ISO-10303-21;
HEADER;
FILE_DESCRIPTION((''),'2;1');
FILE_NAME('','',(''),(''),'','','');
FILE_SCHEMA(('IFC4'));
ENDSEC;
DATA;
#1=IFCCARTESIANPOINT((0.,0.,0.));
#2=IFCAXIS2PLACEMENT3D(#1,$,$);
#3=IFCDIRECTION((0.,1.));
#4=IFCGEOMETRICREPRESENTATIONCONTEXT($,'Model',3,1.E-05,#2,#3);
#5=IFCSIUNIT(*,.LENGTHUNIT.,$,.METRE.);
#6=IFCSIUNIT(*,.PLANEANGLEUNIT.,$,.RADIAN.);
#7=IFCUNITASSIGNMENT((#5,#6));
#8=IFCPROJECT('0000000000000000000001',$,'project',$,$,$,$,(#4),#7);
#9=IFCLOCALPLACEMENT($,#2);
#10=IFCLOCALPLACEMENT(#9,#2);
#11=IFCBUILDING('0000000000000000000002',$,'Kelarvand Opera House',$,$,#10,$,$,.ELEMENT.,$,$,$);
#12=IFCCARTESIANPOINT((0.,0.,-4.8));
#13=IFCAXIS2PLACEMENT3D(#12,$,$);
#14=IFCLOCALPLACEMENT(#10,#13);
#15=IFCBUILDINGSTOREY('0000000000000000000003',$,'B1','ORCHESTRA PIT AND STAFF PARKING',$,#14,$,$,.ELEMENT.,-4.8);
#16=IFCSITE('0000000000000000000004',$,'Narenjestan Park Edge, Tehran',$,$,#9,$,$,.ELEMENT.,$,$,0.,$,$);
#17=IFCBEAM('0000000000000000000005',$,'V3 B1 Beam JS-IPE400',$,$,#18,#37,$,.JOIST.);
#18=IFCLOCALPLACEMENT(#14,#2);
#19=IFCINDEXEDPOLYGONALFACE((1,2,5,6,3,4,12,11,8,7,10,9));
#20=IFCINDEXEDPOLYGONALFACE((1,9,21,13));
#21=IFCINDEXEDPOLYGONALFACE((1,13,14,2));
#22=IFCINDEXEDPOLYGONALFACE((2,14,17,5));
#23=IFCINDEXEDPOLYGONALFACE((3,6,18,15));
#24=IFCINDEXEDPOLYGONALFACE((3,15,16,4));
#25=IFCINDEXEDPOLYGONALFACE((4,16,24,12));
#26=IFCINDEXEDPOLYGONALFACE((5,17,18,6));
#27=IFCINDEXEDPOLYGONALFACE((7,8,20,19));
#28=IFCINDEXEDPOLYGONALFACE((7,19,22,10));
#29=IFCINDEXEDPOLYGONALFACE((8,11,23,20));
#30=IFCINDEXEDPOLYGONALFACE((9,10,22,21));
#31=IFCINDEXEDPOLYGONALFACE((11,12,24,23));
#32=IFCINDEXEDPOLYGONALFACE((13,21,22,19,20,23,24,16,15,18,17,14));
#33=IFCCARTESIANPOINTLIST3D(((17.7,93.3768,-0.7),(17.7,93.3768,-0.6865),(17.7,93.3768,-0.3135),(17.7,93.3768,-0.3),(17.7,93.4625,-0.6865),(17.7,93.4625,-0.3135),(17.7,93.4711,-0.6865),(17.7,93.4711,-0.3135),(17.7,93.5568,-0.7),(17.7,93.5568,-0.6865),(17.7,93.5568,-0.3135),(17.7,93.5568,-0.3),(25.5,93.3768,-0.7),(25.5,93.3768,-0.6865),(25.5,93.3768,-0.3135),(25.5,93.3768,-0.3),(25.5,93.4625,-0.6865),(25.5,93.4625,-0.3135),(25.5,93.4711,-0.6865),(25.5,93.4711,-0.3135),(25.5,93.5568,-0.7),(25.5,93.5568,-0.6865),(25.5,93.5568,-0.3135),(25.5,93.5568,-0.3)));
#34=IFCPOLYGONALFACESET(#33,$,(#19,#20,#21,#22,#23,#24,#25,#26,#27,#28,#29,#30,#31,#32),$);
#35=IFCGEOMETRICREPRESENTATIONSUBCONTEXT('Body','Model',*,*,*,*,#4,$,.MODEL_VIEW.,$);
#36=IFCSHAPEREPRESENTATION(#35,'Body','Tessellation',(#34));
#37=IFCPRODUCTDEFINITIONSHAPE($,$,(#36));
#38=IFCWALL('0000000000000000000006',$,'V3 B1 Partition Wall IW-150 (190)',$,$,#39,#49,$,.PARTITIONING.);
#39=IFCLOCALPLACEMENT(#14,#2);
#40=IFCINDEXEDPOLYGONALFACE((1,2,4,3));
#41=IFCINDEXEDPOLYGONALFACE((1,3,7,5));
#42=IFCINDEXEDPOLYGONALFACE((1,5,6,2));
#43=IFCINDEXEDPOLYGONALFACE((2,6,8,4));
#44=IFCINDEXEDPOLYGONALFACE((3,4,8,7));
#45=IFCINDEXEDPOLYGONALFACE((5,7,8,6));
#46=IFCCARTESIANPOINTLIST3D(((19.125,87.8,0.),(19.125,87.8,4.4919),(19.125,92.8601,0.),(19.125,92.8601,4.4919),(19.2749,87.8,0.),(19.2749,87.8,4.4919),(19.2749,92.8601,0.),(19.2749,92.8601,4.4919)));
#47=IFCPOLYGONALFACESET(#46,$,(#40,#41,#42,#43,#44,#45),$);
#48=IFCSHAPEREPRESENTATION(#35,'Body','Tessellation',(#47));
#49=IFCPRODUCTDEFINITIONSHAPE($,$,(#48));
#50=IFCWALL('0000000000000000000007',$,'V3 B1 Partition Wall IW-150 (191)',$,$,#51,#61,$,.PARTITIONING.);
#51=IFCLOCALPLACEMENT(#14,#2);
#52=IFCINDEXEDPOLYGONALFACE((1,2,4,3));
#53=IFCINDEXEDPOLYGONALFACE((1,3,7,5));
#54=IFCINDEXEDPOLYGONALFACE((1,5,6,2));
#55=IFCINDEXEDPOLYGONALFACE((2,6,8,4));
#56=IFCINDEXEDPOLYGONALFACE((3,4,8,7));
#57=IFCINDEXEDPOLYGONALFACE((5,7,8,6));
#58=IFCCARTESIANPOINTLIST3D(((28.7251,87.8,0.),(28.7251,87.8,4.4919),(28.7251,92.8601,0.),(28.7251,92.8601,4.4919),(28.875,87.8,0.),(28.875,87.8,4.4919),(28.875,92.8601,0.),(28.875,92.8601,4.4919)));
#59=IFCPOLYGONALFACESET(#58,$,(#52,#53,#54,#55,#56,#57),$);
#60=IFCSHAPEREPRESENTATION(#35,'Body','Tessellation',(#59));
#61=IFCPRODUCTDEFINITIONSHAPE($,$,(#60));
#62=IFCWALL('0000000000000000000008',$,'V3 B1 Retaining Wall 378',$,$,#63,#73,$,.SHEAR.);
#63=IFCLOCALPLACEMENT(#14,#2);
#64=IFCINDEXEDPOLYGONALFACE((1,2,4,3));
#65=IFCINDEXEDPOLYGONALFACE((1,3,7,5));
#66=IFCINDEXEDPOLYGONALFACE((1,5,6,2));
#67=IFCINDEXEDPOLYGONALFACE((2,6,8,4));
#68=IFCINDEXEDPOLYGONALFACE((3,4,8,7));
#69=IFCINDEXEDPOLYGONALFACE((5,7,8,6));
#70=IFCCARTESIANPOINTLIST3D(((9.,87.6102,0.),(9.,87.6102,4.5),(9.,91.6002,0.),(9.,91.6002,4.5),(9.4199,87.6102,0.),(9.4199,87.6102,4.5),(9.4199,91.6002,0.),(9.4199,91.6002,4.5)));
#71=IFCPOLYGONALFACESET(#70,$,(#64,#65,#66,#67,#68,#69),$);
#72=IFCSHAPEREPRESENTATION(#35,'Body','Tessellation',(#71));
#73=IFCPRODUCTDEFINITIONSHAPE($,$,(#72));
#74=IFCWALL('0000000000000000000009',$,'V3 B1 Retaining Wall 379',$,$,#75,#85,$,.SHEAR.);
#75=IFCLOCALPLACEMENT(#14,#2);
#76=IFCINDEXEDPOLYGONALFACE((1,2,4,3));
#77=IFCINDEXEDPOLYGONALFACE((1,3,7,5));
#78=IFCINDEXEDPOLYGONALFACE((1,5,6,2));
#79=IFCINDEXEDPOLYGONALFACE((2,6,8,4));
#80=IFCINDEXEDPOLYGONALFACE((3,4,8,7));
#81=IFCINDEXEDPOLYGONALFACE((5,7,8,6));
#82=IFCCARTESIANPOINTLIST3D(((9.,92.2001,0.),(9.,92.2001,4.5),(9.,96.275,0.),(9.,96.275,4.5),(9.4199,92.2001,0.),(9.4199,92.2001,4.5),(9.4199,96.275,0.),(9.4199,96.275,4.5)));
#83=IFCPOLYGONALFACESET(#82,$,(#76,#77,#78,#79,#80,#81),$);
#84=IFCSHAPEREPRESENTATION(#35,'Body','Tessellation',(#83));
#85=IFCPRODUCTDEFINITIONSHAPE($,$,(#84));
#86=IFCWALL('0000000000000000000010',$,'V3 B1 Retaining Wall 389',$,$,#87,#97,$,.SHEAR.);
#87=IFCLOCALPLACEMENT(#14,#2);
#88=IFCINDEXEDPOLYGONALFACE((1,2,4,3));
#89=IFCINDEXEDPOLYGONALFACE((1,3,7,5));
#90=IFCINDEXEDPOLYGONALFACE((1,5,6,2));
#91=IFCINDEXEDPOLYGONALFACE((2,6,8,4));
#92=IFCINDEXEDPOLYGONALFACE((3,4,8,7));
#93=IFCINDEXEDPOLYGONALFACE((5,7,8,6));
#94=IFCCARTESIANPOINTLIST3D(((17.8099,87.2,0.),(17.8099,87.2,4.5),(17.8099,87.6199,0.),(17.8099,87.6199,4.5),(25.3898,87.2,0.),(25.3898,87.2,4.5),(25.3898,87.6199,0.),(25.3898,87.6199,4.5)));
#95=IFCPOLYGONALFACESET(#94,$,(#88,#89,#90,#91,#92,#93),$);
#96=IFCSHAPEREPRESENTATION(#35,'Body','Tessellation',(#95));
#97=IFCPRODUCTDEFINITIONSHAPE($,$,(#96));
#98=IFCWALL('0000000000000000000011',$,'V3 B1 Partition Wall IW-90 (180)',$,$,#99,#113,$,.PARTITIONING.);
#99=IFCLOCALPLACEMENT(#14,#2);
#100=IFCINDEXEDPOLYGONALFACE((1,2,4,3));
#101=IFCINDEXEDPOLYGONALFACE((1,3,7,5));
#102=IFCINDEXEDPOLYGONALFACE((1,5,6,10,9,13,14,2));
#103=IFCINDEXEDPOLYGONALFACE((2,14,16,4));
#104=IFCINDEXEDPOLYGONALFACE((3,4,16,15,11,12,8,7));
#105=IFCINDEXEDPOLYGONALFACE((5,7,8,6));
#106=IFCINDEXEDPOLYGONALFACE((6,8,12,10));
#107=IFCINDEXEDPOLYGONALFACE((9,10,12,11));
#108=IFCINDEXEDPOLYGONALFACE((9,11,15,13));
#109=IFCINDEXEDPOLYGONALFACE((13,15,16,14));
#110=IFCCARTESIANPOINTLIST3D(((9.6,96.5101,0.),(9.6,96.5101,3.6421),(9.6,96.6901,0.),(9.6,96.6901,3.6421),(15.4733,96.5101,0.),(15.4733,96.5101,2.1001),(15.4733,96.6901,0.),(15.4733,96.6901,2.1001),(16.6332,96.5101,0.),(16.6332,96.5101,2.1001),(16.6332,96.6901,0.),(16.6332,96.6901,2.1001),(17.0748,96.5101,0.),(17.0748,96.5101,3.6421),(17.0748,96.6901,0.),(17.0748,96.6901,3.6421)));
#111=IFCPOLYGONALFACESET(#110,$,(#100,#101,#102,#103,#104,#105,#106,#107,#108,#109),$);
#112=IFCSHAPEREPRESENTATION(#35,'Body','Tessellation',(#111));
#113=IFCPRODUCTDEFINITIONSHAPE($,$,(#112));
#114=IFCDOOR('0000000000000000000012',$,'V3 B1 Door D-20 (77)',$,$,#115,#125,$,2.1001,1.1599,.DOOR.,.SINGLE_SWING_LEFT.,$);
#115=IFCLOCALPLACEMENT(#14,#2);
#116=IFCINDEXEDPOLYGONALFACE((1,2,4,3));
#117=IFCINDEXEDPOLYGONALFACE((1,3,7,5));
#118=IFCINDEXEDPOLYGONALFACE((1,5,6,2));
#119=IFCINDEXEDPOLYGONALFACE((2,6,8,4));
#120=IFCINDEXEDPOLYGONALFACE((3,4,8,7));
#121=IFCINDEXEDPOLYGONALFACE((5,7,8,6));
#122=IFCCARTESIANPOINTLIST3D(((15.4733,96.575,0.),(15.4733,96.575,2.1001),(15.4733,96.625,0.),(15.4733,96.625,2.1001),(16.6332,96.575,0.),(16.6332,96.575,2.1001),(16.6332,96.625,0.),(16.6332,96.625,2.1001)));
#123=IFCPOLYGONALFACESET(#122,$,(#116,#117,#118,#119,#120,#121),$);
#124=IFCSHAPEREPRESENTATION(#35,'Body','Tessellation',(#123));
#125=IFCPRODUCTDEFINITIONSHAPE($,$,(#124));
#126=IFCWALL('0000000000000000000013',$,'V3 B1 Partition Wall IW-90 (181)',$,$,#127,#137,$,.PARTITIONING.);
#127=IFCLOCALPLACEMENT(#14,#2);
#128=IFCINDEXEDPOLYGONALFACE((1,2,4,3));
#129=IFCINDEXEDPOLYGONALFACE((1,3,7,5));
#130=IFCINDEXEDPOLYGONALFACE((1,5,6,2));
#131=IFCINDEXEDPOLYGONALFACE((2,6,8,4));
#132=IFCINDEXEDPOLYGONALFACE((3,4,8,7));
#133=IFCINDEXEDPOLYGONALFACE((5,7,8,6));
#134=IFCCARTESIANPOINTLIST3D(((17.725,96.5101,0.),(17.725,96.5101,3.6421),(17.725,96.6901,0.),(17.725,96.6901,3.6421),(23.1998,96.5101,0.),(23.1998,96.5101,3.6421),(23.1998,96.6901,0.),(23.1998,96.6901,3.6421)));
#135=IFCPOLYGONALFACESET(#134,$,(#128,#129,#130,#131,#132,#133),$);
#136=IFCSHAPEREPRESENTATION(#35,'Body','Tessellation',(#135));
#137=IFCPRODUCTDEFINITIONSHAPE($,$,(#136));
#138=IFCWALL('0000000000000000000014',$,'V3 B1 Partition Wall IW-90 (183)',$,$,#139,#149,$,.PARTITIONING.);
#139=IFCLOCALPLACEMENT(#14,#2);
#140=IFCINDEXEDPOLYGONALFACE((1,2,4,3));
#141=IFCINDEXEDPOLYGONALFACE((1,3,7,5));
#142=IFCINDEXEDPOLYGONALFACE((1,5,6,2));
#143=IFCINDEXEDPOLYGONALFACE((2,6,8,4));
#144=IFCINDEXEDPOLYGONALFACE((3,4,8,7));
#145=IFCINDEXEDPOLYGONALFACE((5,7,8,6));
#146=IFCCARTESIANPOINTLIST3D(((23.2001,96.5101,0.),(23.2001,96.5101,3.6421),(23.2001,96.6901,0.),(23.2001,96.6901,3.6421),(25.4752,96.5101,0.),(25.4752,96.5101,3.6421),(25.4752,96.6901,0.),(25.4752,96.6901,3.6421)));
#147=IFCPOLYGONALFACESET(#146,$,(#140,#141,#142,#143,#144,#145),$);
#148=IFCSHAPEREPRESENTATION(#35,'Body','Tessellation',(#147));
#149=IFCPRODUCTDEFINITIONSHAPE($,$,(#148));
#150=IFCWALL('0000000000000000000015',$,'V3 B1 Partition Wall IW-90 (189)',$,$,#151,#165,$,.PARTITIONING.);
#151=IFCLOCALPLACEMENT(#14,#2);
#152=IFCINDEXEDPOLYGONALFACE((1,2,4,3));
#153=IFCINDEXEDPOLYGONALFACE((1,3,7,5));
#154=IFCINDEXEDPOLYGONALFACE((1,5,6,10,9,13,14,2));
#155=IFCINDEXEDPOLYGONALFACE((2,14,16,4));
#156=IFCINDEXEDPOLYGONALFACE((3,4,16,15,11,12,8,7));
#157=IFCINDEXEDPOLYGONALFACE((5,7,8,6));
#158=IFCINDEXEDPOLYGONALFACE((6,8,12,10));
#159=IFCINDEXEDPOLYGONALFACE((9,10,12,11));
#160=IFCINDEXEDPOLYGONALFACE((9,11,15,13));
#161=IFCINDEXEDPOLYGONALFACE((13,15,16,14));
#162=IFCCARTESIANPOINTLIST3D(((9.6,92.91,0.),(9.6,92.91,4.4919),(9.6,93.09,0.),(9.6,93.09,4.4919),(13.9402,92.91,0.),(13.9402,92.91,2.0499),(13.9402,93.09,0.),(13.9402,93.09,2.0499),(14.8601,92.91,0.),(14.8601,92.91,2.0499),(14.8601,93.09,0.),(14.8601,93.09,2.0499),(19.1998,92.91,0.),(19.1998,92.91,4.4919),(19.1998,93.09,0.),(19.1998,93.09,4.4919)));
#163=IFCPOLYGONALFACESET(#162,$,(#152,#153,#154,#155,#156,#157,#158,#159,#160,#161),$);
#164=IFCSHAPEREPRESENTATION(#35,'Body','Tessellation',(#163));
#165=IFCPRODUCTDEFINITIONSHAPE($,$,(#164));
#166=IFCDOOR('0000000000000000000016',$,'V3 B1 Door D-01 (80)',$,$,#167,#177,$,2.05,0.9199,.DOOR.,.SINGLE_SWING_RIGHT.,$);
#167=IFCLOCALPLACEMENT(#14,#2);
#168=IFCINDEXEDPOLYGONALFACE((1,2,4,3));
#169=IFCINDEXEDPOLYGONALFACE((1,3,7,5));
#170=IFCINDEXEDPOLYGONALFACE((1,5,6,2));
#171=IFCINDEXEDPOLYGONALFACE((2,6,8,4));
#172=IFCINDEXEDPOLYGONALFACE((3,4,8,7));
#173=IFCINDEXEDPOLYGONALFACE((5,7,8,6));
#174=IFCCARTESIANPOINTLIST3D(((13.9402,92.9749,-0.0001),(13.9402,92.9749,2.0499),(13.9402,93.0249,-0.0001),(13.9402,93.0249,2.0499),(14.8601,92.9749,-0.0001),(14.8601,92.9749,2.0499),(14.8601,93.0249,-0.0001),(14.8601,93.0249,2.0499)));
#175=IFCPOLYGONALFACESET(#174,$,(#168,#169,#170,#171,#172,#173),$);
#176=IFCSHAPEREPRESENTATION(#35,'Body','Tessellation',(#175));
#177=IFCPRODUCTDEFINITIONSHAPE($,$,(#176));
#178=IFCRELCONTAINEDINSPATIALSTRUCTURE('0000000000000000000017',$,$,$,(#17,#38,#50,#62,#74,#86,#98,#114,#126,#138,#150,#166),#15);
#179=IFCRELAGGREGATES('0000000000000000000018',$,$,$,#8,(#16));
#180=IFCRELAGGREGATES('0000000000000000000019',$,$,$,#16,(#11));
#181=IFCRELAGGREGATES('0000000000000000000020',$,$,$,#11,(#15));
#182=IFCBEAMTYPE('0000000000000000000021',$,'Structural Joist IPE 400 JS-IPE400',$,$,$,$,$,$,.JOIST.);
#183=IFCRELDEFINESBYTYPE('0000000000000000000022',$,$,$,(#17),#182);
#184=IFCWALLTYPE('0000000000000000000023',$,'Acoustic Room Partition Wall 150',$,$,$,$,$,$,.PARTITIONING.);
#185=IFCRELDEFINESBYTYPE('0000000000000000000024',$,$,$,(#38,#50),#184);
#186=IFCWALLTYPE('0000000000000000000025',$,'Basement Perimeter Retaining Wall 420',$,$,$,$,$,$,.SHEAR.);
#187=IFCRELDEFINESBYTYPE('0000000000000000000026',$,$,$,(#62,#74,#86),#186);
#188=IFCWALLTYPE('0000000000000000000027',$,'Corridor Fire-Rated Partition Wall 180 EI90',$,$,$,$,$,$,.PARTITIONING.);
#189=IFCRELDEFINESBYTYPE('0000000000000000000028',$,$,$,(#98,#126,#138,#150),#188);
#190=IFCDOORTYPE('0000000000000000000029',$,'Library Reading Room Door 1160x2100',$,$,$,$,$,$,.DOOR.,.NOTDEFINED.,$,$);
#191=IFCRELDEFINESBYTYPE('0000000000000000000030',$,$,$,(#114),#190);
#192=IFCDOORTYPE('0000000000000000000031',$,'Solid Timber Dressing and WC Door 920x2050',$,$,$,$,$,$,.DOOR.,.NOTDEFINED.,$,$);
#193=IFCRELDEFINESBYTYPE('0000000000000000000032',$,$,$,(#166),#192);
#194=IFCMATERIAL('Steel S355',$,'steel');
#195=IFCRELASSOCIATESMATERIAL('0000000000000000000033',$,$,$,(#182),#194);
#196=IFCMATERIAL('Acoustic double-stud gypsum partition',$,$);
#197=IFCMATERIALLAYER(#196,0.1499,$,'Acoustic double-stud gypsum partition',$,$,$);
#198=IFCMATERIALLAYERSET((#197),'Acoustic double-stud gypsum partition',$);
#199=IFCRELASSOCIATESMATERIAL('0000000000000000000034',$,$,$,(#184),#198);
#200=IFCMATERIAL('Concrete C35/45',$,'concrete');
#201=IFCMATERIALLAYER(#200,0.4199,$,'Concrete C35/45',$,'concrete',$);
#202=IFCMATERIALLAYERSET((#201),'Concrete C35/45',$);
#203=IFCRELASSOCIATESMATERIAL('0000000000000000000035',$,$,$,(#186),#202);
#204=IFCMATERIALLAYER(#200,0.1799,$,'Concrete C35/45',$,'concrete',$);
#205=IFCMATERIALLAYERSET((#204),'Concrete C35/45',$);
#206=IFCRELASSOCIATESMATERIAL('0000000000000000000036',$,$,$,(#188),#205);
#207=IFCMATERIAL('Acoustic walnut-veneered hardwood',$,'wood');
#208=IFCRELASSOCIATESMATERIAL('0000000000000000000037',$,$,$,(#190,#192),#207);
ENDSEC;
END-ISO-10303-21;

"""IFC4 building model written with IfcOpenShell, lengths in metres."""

from ifc_helpers import new_model, si_unit, direction, frame, frame_2d, origin, origin_2d, place, context, subcontext, project, spatial, rectangle, i_section, extrude, material, layer, layer_set, material_profile, profile_set, type_object, element, fill, save


model = new_model("IFC4")

# Units and contexts
model_context = context("Model", 3, precision=1e-05, world=origin(), true_north=direction((0.0, 1.0)))
body_context = subcontext(model_context, "Body", "Model", "MODEL_VIEW")
ifc_project = project(units=[si_unit("LENGTHUNIT", "METRE"), si_unit("PLANEANGLEUNIT", "RADIAN")], contexts=[model_context])

# Site, building, storey
site_placement = place(None, origin())
site = spatial("IfcSite", under=ifc_project, at=site_placement, Name="Narenjestan Park Edge, Tehran", CompositionType="ELEMENT", RefElevation=0.0)
building_placement = place(site_placement, origin())
building = spatial("IfcBuilding", under=site, at=building_placement, Name="Kelarvand Opera House", CompositionType="ELEMENT")
storey_placement = place(building_placement, frame((0.0, 0.0, -4.8)))
storey = spatial("IfcBuildingStorey", under=building, at=storey_placement, Name="B1", Description="ORCHESTRA PIT AND STAFF PARKING", CompositionType="ELEMENT", Elevation=-4.8)

# Beam
ifc_material_1 = material(Name="Steel S355", Category="steel")
ifc_material_profile_1 = material_profile(ifc_material_1, i_section(OverallWidth=0.1799, OverallDepth=0.3999, WebThickness=0.0085, FlangeThickness=0.0134, at=origin_2d()), Name="IPE 400", Category="steel")
ifc_profile_set_1 = profile_set([ifc_material_profile_1], Name="Steel S355")
beam_type_1 = type_object("IfcBeamType", Name="Structural Joist IPE 400 JS-IPE400", PredefinedType="JOIST", material=ifc_profile_set_1)
for number, where, z_axis, x_axis, name in (
    (1, (17.7, 93.4668, -0.5), (1.0, 0.0, 0.0), (0.0, 1.0, 0.0), "V3 B1 Beam JS-IPE400"),
):
    element("IfcBeam", number, at=place(storey_placement, frame(where, z_axis=z_axis, x_axis=x_axis)), inside=storey, type_object=beam_type_1, Name=name, PredefinedType="JOIST", context=body_context, shape_type="SweptSolid", body=[
        extrude(i_section(OverallWidth=0.1799, OverallDepth=0.3999, WebThickness=0.0085, FlangeThickness=0.0134, at=origin_2d()), origin(), (0.0, 0.0, 1.0), 7.8),
    ])

# Walls
ifc_material_2 = material(Name="Acoustic double-stud gypsum partition")
ifc_layer_1 = layer(ifc_material_2, 0.1499, Name="Acoustic double-stud gypsum partition")
ifc_layer_set_1 = layer_set([ifc_layer_1], Name="Acoustic double-stud gypsum partition")
wall_type_1 = type_object("IfcWallType", Name="Acoustic Room Partition Wall 150", PredefinedType="PARTITIONING", material=ifc_layer_set_1)
for number, where, z_axis, x_axis, name in (
    (2, (19.2, 87.8, 0.0), (0.0, 0.0, 1.0), (0.0, 1.0, 0.0), "V3 B1 Partition Wall IW-150 (190)"),
    (3, (28.8, 87.8, 0.0), (0.0, 0.0, 1.0), (0.0, 1.0, 0.0), "V3 B1 Partition Wall IW-150 (191)"),
):
    element("IfcWall", number, at=place(storey_placement, frame(where, z_axis=z_axis, x_axis=x_axis)), inside=storey, type_object=wall_type_1, Name=name, PredefinedType="PARTITIONING", context=body_context, shape_type="SweptSolid", body=[
        extrude(rectangle(XDim=5.0601, YDim=0.1499, at=frame_2d((2.53, 0.0))), origin(), (0.0, 0.0, 1.0), 4.4919),
    ])
ifc_material_3 = material(Name="Concrete C35/45", Category="concrete")
ifc_layer_2 = layer(ifc_material_3, 0.4199, Name="Concrete C35/45", Category="concrete")
ifc_layer_set_2 = layer_set([ifc_layer_2], Name="Concrete C35/45")
wall_type_2 = type_object("IfcWallType", Name="Basement Perimeter Retaining Wall 420", PredefinedType="SHEAR", material=ifc_layer_set_2)
wall_1_placement = place(storey_placement, frame((9.21, 87.6101, 0.0), z_axis=(0.0, 0.0, 1.0), x_axis=(0.0, 1.0, 0.0)))
element("IfcWall", 4, at=wall_1_placement, inside=storey, type_object=wall_type_2, Name="V3 B1 Retaining Wall 378", PredefinedType="SHEAR", context=body_context, shape_type="SweptSolid", body=[
    extrude(rectangle(XDim=3.99, YDim=0.4199, at=frame_2d((1.9951, 0.0))), origin(), (0.0, 0.0, 1.0), 4.5),
])
wall_2_placement = place(storey_placement, frame((9.21, 92.2, 0.0), z_axis=(0.0, 0.0, 1.0), x_axis=(0.0, 1.0, 0.0)))
element("IfcWall", 5, at=wall_2_placement, inside=storey, type_object=wall_type_2, Name="V3 B1 Retaining Wall 379", PredefinedType="SHEAR", context=body_context, shape_type="SweptSolid", body=[
    extrude(rectangle(XDim=4.075, YDim=0.4199, at=frame_2d((2.0376, 0.0))), origin(), (0.0, 0.0, 1.0), 4.5),
])
wall_3_placement = place(storey_placement, frame((25.3899, 87.4099, 0.0), z_axis=(0.0, 0.0, 1.0), x_axis=(-1.0, 0.0, 0.0)))
element("IfcWall", 6, at=wall_3_placement, inside=storey, type_object=wall_type_2, Name="V3 B1 Retaining Wall 389", PredefinedType="SHEAR", context=body_context, shape_type="SweptSolid", body=[
    extrude(rectangle(XDim=7.5798, YDim=0.4199, at=frame_2d((3.79, 0.0))), origin(), (0.0, 0.0, 1.0), 4.5),
])

# Wall, opening, door
ifc_layer_3 = layer(ifc_material_3, 0.1799, Name="Concrete C35/45", Category="concrete")
ifc_layer_set_3 = layer_set([ifc_layer_3], Name="Concrete C35/45")
wall_type_3 = type_object("IfcWallType", Name="Corridor Fire-Rated Partition Wall 180 EI90", PredefinedType="PARTITIONING", material=ifc_layer_set_3)
wall_4_placement = place(storey_placement, frame((9.6001, 96.6001, 0.0), z_axis=(0.0, 0.0, 1.0), x_axis=(1.0, 0.0, 0.0)))
wall_4 = element("IfcWall", 7, at=wall_4_placement, inside=storey, type_object=wall_type_3, Name="V3 B1 Partition Wall IW-90 (180)", PredefinedType="PARTITIONING", context=body_context, shape_type="SweptSolid", body=[
    extrude(rectangle(XDim=7.4749, YDim=0.1799, at=frame_2d((3.7373, 0.0))), origin(), (0.0, 0.0, 1.0), 3.6421),
])
opening_1_placement = place(wall_4_placement, frame((5.873, 0.0, 0.0)))
opening_1 = element("IfcOpeningElement", 8, at=opening_1_placement, cuts=wall_4, PredefinedType="OPENING", context=body_context, shape_type="SweptSolid", body=[
    extrude(rectangle(XDim=1.1599, YDim=2.1001, at=frame_2d((0.5801, 1.05))), frame((0.0, 0.1001, 0.0), z_axis=(0.0, -1.0, 0.0), x_axis=(1.0, 0.0, 0.0)), (0.0, 0.0, 1.0), 0.2),
])
ifc_material_4 = material(Name="Acoustic walnut-veneered hardwood", Category="wood")
door_type_1 = type_object("IfcDoorType", Name="Library Reading Room Door 1160x2100", OperationType="NOTDEFINED", PredefinedType="DOOR", material=ifc_material_4)
door_1_placement = place(opening_1_placement, origin())
door_1 = element("IfcDoor", 9, at=door_1_placement, inside=storey, type_object=door_type_1, Name="V3 B1 Door D-20 (77)", OperationType="SINGLE_SWING_LEFT", OverallHeight=2.1001, OverallWidth=1.1599, PredefinedType="DOOR", context=body_context, shape_type="SweptSolid", body=[
    extrude(rectangle(XDim=1.1599, YDim=2.1001, at=frame_2d((0.5801, 1.05))), frame((0.0, 0.0249, 0.0), z_axis=(0.0, -1.0, 0.0), x_axis=(1.0, 0.0, 0.0)), (0.0, 0.0, 1.0), 0.05),
])
fill(opening_1, door_1)

# Walls
wall_5_placement = place(storey_placement, frame((17.7251, 96.6001, 0.0), z_axis=(0.0, 0.0, 1.0), x_axis=(1.0, 0.0, 0.0)))
element("IfcWall", 10, at=wall_5_placement, inside=storey, type_object=wall_type_3, Name="V3 B1 Partition Wall IW-90 (181)", PredefinedType="PARTITIONING", context=body_context, shape_type="SweptSolid", body=[
    extrude(rectangle(XDim=5.4749, YDim=0.1799, at=frame_2d((2.7373, 0.0))), origin(), (0.0, 0.0, 1.0), 3.6421),
])
wall_6_placement = place(storey_placement, frame((23.2, 96.6001, 0.0), z_axis=(0.0, 0.0, 1.0), x_axis=(1.0, 0.0, 0.0)))
element("IfcWall", 11, at=wall_6_placement, inside=storey, type_object=wall_type_3, Name="V3 B1 Partition Wall IW-90 (183)", PredefinedType="PARTITIONING", context=body_context, shape_type="SweptSolid", body=[
    extrude(rectangle(XDim=2.2751, YDim=0.1799, at=frame_2d((1.1377, 0.0))), origin(), (0.0, 0.0, 1.0), 3.6421),
])

# Wall, opening, door
wall_7_placement = place(storey_placement, frame((9.6001, 93.0, 0.0), z_axis=(0.0, 0.0, 1.0), x_axis=(1.0, 0.0, 0.0)))
wall_7 = element("IfcWall", 12, at=wall_7_placement, inside=storey, type_object=wall_type_3, Name="V3 B1 Partition Wall IW-90 (189)", PredefinedType="PARTITIONING", context=body_context, shape_type="SweptSolid", body=[
    extrude(rectangle(XDim=9.5999, YDim=0.1799, at=frame_2d((4.7998, 0.0))), origin(), (0.0, 0.0, 1.0), 4.4919),
])
opening_2_placement = place(wall_7_placement, frame((4.3401, 0.0, 0.0)))
opening_2 = element("IfcOpeningElement", 13, at=opening_2_placement, cuts=wall_7, PredefinedType="OPENING", context=body_context, shape_type="SweptSolid", body=[
    extrude(rectangle(XDim=0.9199, YDim=2.05, at=frame_2d((0.46, 1.0249))), frame((0.0, 0.1001, 0.0), z_axis=(0.0, -1.0, 0.0), x_axis=(1.0, 0.0, 0.0)), (0.0, 0.0, 1.0), 0.2),
])
door_type_2 = type_object("IfcDoorType", Name="Solid Timber Dressing and WC Door 920x2050", OperationType="NOTDEFINED", PredefinedType="DOOR", material=ifc_material_4)
door_2_placement = place(opening_2_placement, origin())
door_2 = element("IfcDoor", 14, at=door_2_placement, inside=storey, type_object=door_type_2, Name="V3 B1 Door D-01 (80)", OperationType="SINGLE_SWING_RIGHT", OverallHeight=2.05, OverallWidth=0.9199, PredefinedType="DOOR", context=body_context, shape_type="SweptSolid", body=[
    extrude(rectangle(XDim=0.9199, YDim=2.05, at=frame_2d((0.46, 1.0249))), frame((0.0, 0.0249, 0.0), z_axis=(0.0, -1.0, 0.0), x_axis=(1.0, 0.0, 0.0)), (0.0, 0.0, 1.0), 0.05),
])
fill(opening_2, door_2)

save(model, "model.ifc")
